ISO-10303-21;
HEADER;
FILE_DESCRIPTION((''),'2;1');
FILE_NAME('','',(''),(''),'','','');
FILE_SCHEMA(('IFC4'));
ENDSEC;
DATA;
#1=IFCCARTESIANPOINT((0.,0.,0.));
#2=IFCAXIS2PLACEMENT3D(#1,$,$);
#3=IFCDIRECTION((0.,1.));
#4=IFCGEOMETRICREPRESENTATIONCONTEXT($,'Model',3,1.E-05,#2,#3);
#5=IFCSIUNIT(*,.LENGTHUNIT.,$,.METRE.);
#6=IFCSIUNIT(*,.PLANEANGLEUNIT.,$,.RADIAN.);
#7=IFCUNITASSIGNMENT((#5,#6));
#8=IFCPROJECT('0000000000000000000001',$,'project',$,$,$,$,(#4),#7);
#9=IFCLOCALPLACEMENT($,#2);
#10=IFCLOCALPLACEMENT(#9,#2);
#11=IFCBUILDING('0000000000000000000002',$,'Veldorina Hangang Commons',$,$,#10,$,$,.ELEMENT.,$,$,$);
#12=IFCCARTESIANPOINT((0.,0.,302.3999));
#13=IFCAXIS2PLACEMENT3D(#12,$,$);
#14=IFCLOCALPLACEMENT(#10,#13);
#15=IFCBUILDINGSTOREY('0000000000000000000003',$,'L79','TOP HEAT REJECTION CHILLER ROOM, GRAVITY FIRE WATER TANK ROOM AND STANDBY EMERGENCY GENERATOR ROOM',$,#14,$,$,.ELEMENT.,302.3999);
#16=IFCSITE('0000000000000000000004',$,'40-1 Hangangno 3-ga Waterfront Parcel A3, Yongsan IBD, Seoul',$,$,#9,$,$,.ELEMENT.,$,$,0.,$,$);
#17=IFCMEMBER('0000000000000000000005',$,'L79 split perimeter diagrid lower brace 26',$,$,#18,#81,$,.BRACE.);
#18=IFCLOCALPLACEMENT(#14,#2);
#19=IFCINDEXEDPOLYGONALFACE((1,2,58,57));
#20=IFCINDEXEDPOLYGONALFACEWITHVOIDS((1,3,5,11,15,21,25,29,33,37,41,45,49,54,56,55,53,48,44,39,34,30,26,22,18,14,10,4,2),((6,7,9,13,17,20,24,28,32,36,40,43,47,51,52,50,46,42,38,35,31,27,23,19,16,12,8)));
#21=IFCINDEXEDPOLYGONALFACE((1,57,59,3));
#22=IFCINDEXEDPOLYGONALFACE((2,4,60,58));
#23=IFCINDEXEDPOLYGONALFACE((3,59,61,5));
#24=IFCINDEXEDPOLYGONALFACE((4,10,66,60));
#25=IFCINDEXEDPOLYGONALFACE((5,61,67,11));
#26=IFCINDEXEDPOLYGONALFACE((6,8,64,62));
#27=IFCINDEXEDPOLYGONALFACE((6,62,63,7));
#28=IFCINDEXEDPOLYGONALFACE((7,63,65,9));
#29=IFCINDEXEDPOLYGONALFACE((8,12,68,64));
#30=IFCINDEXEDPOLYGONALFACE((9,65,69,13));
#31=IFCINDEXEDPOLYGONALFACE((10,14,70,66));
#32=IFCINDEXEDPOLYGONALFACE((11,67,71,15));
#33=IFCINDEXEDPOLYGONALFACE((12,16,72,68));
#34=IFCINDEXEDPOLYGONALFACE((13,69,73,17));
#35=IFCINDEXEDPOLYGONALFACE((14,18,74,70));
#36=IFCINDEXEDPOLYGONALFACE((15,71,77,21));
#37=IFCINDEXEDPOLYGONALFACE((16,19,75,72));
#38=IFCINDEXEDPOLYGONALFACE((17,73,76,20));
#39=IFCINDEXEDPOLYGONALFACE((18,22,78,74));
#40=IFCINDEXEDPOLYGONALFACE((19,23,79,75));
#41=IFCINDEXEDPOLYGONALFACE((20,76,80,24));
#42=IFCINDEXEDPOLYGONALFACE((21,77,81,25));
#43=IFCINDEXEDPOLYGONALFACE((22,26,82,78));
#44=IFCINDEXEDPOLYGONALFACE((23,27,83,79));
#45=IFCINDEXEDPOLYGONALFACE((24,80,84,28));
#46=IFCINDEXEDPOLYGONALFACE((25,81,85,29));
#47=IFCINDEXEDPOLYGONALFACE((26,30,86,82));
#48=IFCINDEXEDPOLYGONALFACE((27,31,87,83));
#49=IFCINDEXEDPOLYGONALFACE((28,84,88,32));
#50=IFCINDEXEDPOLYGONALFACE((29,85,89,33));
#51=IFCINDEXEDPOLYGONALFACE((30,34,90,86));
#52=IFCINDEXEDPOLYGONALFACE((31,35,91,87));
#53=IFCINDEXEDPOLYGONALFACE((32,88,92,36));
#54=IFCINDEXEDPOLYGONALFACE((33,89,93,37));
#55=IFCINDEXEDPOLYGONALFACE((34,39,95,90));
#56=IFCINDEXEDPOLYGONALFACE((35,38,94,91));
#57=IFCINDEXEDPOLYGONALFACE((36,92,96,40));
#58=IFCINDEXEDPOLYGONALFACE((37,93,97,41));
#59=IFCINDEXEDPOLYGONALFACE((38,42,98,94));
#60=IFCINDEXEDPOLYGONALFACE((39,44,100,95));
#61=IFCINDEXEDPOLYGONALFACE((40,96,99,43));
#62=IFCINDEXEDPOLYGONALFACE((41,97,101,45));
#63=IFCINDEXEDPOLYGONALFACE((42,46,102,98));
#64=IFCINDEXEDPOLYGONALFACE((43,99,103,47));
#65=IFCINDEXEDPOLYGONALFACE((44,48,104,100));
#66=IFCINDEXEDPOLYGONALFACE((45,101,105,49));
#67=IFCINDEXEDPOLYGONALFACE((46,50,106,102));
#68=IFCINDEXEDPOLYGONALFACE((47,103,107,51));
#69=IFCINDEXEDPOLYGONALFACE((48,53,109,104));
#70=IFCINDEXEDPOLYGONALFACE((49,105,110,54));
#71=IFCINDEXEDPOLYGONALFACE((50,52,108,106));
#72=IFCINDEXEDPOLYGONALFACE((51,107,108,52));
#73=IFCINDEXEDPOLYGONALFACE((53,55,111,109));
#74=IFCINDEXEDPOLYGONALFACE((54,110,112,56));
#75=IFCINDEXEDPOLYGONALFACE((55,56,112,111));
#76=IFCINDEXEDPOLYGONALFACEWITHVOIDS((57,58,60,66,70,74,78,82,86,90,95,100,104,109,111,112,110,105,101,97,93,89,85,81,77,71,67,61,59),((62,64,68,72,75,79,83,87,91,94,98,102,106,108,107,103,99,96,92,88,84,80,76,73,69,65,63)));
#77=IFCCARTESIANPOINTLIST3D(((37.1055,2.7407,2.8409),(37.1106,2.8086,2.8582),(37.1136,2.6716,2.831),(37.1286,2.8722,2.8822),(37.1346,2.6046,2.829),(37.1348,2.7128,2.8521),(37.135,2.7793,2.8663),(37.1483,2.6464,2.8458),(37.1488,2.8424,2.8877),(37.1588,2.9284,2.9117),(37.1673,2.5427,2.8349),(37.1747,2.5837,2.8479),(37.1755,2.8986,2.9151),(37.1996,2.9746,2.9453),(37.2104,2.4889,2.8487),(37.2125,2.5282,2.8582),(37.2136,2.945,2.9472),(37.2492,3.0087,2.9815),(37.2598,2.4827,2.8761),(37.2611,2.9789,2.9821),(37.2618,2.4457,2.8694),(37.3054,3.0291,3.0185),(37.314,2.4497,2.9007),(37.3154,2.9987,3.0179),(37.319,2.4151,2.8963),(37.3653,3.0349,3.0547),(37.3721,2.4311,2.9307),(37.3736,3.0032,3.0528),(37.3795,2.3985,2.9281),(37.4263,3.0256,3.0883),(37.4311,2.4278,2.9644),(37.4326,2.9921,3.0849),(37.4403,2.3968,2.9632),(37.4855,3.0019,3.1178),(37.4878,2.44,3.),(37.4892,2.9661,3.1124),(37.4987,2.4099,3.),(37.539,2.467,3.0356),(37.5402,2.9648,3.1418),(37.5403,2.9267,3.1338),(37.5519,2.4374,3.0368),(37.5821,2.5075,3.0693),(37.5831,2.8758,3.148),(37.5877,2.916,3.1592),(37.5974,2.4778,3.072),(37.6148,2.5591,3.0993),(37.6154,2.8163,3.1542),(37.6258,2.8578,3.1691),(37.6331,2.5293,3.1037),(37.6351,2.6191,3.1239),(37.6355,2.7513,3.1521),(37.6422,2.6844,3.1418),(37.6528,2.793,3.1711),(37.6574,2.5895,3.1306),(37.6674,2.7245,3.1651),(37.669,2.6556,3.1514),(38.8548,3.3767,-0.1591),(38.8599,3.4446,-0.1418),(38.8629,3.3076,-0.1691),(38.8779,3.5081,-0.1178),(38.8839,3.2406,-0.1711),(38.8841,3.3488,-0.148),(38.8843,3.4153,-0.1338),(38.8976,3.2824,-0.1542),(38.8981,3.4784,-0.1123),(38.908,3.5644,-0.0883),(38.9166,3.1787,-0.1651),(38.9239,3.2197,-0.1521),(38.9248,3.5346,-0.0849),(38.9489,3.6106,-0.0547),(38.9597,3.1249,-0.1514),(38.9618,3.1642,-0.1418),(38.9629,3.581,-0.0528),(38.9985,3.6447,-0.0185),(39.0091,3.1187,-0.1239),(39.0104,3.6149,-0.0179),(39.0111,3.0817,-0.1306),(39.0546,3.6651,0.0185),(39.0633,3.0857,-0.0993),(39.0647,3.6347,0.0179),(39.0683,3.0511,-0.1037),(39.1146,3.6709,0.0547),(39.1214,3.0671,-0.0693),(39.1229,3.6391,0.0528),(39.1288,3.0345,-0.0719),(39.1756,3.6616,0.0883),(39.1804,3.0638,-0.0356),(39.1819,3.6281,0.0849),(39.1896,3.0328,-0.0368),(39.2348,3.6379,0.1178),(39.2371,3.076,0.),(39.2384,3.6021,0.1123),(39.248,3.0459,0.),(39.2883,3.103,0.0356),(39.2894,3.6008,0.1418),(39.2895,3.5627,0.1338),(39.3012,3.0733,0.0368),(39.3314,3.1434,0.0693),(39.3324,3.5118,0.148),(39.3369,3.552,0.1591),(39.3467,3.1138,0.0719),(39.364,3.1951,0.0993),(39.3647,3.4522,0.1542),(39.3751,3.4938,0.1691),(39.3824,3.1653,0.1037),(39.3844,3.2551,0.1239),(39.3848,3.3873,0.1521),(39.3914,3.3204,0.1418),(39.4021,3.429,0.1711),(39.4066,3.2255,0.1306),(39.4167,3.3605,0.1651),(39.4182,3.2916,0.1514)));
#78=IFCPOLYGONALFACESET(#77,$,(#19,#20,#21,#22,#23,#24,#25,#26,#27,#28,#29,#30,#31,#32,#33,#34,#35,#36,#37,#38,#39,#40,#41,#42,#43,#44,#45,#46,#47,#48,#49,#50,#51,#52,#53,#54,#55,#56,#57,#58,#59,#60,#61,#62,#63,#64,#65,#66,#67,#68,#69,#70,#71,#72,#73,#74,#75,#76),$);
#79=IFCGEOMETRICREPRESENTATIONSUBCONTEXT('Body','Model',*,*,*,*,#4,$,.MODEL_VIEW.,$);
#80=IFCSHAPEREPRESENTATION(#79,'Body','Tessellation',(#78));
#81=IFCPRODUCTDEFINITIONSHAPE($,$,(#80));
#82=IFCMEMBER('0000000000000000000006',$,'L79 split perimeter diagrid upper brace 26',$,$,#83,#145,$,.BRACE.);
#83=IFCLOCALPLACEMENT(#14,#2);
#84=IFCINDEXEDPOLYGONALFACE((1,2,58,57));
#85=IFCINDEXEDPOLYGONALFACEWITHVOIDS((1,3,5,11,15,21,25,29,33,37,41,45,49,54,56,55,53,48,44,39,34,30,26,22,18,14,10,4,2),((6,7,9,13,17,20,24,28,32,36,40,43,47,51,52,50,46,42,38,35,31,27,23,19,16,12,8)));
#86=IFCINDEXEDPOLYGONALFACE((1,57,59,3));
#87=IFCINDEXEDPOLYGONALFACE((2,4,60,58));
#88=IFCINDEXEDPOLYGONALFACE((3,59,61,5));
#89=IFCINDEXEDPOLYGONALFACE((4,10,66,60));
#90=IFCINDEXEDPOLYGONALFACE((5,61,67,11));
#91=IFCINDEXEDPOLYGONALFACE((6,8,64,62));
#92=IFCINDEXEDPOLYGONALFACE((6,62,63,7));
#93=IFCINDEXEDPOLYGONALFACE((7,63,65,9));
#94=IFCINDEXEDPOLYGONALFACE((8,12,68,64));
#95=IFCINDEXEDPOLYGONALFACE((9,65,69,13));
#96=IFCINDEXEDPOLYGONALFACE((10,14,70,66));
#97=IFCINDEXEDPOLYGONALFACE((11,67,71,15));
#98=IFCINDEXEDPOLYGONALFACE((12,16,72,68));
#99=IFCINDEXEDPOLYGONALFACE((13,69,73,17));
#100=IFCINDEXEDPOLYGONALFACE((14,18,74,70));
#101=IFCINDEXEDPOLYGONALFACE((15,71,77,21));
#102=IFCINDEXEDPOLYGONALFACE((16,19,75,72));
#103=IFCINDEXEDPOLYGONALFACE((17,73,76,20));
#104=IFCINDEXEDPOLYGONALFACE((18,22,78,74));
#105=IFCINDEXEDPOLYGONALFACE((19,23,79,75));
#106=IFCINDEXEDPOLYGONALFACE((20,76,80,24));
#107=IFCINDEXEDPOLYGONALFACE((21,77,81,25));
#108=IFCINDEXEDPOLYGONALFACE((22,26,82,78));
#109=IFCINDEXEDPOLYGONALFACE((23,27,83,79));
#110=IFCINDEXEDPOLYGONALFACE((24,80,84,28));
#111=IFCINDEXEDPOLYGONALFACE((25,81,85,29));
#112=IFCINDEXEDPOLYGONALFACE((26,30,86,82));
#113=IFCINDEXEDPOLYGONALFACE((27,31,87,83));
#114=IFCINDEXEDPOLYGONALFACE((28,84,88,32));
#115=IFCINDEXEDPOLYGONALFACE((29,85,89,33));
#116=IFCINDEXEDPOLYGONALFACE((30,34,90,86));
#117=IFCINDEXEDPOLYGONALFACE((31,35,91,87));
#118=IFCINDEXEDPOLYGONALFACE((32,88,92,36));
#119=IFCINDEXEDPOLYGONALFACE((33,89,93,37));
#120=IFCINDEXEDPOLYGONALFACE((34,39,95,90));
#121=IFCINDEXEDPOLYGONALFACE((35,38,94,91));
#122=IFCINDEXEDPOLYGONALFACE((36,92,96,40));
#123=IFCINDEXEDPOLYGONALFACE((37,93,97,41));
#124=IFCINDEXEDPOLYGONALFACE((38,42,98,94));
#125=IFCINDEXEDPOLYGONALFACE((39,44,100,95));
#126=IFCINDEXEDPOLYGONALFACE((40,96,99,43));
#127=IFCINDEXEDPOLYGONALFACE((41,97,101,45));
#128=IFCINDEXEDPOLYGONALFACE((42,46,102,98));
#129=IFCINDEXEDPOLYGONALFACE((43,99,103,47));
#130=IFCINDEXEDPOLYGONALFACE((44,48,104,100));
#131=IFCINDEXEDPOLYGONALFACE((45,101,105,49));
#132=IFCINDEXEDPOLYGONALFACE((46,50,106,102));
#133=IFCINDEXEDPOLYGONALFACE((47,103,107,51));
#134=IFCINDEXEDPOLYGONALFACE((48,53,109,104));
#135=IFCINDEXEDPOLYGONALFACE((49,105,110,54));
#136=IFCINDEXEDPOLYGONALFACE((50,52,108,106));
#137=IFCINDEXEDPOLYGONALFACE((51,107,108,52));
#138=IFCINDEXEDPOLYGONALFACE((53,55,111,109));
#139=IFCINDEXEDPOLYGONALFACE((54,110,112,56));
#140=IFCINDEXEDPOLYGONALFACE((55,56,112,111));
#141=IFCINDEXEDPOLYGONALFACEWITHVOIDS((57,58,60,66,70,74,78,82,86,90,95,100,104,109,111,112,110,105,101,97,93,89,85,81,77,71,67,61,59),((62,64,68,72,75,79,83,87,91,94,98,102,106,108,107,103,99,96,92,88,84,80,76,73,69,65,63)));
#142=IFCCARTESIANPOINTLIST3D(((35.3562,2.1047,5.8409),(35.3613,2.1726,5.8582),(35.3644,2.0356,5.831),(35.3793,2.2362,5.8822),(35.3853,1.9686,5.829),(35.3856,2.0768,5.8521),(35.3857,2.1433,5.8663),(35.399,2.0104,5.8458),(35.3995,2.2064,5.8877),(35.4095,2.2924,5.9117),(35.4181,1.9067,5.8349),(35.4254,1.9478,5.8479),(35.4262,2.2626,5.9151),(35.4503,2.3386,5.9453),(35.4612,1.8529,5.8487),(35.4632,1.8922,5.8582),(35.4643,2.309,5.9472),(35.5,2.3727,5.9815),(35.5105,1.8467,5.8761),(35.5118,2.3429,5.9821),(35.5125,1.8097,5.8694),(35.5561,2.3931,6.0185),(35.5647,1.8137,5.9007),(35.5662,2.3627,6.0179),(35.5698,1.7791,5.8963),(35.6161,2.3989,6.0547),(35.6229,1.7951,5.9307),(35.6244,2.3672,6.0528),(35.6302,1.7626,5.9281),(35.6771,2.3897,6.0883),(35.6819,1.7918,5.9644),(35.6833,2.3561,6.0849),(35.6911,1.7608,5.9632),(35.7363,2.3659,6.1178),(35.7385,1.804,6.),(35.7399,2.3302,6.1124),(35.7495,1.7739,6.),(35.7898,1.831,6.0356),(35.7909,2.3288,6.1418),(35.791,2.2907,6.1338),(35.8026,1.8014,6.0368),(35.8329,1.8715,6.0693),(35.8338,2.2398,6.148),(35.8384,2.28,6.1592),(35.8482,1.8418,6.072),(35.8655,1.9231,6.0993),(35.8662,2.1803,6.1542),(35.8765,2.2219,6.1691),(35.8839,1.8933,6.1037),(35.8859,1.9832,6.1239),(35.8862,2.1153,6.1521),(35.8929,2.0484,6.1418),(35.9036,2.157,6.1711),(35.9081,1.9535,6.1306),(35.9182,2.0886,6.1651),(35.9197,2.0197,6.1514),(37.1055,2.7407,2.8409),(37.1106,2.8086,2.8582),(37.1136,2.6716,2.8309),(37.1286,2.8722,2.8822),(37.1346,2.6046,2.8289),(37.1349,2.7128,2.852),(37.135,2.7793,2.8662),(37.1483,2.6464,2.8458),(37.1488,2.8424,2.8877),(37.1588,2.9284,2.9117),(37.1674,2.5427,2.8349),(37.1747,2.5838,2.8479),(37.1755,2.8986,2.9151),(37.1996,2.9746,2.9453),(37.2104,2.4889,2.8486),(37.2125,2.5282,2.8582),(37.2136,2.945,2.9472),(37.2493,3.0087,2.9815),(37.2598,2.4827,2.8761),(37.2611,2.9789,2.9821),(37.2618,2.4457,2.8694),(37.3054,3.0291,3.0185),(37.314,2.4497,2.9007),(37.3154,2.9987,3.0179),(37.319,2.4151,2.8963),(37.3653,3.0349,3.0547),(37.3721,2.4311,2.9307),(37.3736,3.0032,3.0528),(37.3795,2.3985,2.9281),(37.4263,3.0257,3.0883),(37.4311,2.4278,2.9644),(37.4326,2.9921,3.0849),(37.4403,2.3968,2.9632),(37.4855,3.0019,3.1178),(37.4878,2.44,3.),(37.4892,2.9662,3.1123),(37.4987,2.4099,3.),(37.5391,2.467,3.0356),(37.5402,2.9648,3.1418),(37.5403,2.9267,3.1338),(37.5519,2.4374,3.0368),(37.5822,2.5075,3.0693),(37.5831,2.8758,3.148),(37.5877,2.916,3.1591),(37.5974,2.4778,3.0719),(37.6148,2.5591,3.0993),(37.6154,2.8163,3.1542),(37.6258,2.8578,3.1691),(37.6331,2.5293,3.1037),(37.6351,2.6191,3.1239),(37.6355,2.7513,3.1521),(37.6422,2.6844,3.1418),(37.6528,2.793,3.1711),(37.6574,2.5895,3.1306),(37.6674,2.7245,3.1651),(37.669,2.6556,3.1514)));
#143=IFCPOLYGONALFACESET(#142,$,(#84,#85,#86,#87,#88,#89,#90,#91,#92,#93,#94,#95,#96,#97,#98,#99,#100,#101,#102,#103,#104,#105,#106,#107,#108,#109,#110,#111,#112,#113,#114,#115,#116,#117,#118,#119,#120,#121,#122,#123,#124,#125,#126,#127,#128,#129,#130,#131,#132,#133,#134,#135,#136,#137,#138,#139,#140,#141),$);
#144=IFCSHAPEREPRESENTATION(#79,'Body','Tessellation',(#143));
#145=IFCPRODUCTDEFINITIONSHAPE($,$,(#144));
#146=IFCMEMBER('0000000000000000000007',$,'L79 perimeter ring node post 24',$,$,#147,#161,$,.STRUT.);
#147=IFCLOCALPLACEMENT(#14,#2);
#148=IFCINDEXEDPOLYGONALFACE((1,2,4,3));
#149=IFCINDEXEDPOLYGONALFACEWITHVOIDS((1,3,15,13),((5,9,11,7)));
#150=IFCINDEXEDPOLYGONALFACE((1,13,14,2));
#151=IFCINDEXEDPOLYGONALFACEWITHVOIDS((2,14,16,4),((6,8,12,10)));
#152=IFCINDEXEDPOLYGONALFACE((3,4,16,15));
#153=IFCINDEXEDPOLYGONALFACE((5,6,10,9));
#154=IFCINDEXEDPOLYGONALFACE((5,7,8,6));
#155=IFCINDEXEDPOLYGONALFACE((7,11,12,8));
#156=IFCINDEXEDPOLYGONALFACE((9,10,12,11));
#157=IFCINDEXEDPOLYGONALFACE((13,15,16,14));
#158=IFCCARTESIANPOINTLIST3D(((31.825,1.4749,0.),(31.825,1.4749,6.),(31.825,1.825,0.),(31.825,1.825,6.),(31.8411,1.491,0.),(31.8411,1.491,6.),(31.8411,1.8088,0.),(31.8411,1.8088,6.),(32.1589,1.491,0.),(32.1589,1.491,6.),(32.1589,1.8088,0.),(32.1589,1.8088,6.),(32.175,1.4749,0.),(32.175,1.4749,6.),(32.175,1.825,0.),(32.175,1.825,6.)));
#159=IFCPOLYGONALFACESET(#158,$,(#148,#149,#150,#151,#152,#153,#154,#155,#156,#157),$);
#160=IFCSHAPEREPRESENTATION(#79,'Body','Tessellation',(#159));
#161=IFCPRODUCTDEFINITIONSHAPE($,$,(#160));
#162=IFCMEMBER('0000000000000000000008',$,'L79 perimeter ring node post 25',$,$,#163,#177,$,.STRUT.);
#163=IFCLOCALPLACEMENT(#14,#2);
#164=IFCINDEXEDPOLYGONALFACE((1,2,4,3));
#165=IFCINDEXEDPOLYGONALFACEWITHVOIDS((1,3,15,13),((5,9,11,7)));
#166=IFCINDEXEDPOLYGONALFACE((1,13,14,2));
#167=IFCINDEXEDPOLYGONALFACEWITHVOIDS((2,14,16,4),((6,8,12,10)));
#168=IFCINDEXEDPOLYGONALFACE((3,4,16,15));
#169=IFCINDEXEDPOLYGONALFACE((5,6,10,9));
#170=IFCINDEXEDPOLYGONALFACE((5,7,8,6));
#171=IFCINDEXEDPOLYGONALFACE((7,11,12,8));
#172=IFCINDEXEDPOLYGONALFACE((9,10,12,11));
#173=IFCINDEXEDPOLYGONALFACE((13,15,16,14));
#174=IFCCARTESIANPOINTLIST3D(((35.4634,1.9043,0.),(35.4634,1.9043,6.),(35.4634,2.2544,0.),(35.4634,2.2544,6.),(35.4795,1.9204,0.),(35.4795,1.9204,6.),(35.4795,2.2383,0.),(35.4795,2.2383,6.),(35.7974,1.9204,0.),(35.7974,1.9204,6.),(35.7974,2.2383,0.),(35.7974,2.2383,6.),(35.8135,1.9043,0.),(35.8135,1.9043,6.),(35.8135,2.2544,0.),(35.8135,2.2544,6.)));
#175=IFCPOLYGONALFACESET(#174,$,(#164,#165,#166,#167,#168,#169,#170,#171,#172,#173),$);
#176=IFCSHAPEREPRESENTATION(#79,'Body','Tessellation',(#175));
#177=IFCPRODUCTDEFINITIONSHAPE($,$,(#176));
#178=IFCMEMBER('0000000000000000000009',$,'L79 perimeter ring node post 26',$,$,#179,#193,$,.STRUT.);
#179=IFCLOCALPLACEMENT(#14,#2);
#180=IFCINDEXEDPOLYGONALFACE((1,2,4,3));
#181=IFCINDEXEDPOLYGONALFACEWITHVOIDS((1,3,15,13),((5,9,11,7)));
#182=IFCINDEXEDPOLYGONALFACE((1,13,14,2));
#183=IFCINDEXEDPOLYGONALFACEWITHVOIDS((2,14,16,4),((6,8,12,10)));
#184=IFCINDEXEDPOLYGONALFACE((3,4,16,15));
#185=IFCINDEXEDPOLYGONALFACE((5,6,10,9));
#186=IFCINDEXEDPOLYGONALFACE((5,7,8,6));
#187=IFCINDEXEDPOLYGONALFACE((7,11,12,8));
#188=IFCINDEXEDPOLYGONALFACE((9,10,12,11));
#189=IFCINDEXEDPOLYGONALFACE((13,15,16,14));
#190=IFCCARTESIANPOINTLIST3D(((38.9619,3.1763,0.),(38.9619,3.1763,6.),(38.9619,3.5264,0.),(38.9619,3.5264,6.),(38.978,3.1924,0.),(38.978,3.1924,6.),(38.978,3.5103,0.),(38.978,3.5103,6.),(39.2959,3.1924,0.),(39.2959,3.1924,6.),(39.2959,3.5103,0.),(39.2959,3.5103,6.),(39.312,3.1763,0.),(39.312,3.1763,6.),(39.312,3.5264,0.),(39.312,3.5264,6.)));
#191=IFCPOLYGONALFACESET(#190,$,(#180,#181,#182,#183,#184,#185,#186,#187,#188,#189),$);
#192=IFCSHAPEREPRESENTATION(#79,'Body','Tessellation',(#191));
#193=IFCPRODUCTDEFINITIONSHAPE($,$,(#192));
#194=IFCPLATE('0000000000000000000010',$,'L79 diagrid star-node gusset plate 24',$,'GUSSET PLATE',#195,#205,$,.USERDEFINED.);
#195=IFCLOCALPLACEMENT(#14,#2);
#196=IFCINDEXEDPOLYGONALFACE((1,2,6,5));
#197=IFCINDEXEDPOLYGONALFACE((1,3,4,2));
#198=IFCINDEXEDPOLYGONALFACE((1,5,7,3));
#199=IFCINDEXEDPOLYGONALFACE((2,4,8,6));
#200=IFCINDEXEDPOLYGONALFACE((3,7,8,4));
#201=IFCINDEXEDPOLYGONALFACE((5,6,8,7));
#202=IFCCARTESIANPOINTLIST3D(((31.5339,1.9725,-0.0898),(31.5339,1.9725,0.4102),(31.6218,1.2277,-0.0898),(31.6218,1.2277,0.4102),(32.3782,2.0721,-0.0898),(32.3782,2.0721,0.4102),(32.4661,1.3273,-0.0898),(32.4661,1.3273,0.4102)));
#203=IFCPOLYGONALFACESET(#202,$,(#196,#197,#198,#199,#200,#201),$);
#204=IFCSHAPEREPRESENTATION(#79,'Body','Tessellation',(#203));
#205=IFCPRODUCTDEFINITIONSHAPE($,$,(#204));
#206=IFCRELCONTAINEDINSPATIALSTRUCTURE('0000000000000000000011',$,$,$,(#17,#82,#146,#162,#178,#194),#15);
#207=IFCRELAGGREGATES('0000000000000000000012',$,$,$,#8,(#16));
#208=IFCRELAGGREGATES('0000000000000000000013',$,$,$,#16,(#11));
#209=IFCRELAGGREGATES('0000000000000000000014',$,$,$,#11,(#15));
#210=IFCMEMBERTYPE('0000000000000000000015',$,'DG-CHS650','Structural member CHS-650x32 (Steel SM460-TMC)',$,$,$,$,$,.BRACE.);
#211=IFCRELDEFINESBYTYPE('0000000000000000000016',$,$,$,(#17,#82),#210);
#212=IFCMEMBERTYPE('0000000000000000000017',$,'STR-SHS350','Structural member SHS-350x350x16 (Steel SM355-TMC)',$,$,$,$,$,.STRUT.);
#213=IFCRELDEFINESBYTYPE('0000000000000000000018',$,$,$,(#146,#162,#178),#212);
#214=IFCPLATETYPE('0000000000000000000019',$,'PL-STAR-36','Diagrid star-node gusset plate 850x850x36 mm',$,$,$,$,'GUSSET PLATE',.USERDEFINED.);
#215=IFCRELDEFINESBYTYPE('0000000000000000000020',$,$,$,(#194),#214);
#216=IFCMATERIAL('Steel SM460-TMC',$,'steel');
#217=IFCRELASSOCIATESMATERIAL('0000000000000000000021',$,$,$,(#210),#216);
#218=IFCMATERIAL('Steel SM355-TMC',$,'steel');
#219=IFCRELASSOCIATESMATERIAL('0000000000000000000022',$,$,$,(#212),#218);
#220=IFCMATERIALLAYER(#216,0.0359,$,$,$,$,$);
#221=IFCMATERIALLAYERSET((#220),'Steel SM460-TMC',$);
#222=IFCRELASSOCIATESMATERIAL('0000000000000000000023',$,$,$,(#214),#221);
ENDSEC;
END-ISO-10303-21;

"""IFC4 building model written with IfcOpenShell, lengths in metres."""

from ifc_helpers import new_model, si_unit, direction, frame, origin, origin_2d, place, context, subcontext, project, spatial, rectangle, hollow_rectangle, hollow_circle, extrude, material, layer, layer_set, material_profile, profile_set, type_object, element, save


model = new_model("IFC4")

# Units and contexts
model_context = context("Model", 3, precision=1e-05, world=origin(), true_north=direction((0.0, 1.0)))
body_context = subcontext(model_context, "Body", "Model", "MODEL_VIEW")
ifc_project = project(units=[si_unit("LENGTHUNIT", "METRE"), si_unit("PLANEANGLEUNIT", "RADIAN")], contexts=[model_context])

# Site, building, storey
site_placement = place(None, origin())
site = spatial("IfcSite", under=ifc_project, at=site_placement, Name="40-1 Hangangno 3-ga Waterfront Parcel A3, Yongsan IBD, Seoul", CompositionType="ELEMENT", RefElevation=0.0)
building_placement = place(site_placement, origin())
building = spatial("IfcBuilding", under=site, at=building_placement, Name="Veldorina Hangang Commons", CompositionType="ELEMENT")
storey_placement = place(building_placement, frame((0.0, 0.0, 302.3999)))
storey = spatial("IfcBuildingStorey", under=building, at=storey_placement, Name="L79", Description="TOP HEAT REJECTION CHILLER ROOM, GRAVITY FIRE WATER TANK ROOM AND STANDBY EMERGENCY GENERATOR ROOM", CompositionType="ELEMENT", Elevation=302.3999)

# Shared definitions
ifc_material_1 = material(Name="Steel SM460-TMC", Category="steel")
ifc_material_2 = material(Name="Steel SM355-TMC", Category="steel")

# Members
ifc_material_profile_1 = material_profile(ifc_material_1, hollow_circle(Radius=0.325, WallThickness=0.032, at=origin_2d()), Name="CHS-650x32")
ifc_profile_set_1 = profile_set([ifc_material_profile_1], Name="Steel SM460-TMC")
member_type_1 = type_object("IfcMemberType", Name="DG-CHS650", Description="Structural member CHS-650x32 (Steel SM460-TMC)", PredefinedType="BRACE", material=ifc_profile_set_1)
for number, where, z_axis, x_axis, name in (
    (1, (39.137, 3.3513, 0.0), (-0.495473, -0.180141, 0.849738), (0.34169, -0.939813, 0.0), "L79 split perimeter diagrid lower brace 26"),
    (2, (37.3877, 2.7153, 3.0), (-0.495473, -0.180141, 0.849738), (0.34169, -0.939813, 0.0), "L79 split perimeter diagrid upper brace 26"),
):
    element("IfcMember", number, at=place(storey_placement, frame(where, z_axis=z_axis, x_axis=x_axis)), inside=storey, type_object=member_type_1, Name=name, PredefinedType="BRACE", context=body_context, shape_type="SweptSolid", body=[
        extrude(hollow_circle(Radius=0.325, WallThickness=0.032, at=origin_2d()), origin(), (0.0, 0.0, 1.0), 3.5305),
    ])
ifc_material_profile_2 = material_profile(ifc_material_2, hollow_rectangle(XDim=0.3501, YDim=0.3501, WallThickness=0.0161, at=origin_2d()), Name="SHS-350x350x16")
ifc_profile_set_2 = profile_set([ifc_material_profile_2], Name="Steel SM355-TMC")
member_type_2 = type_object("IfcMemberType", Name="STR-SHS350", Description="Structural member SHS-350x350x16 (Steel SM355-TMC)", PredefinedType="STRUT", material=ifc_profile_set_2)
for number, where, z_axis, x_axis, name in (
    (3, (32.0, 1.6499, 0.0), (0.0, 0.0, 1.0), (1.0, 0.0, 0.0), "L79 perimeter ring node post 24"),
    (4, (35.6384, 2.0793, 0.0), (0.0, 0.0, 1.0), (1.0, 0.0, 0.0), "L79 perimeter ring node post 25"),
    (5, (39.137, 3.3513, 0.0), (0.0, 0.0, 1.0), (1.0, 0.0, 0.0), "L79 perimeter ring node post 26"),
):
    element("IfcMember", number, at=place(storey_placement, frame(where, z_axis=z_axis, x_axis=x_axis)), inside=storey, type_object=member_type_2, Name=name, PredefinedType="STRUT", context=body_context, shape_type="SweptSolid", body=[
        extrude(hollow_rectangle(XDim=0.3501, YDim=0.3501, WallThickness=0.0161, at=origin_2d()), origin(), (0.0, 0.0, 1.0), 6.0),
    ])

# Plate
ifc_layer_1 = layer(ifc_material_1, 0.0359)
ifc_layer_set_1 = layer_set([ifc_layer_1], Name="Steel SM460-TMC")
plate_type = type_object("IfcPlateType", Name="PL-STAR-36", Description="Diagrid star-node gusset plate 850x850x36 mm", ElementType="GUSSET PLATE", PredefinedType="USERDEFINED", material=ifc_layer_set_1)
for number, where, z_axis, x_axis, name in (
    (6, (32.0, 1.6499, -0.0898), (0.0, 0.0, 1.0), (0.993107, 0.117208, 0.0), "L79 diagrid star-node gusset plate 24"),
):
    element("IfcPlate", number, at=place(storey_placement, frame(where, z_axis=z_axis, x_axis=x_axis)), inside=storey, type_object=plate_type, Name=name, ObjectType="GUSSET PLATE", PredefinedType="USERDEFINED", context=body_context, shape_type="SweptSolid", body=[
        extrude(rectangle(XDim=0.8501, YDim=0.75, at=origin_2d()), origin(), (0.0, 0.0, 1.0), 0.5),
    ])

save(model, "model.ifc")
